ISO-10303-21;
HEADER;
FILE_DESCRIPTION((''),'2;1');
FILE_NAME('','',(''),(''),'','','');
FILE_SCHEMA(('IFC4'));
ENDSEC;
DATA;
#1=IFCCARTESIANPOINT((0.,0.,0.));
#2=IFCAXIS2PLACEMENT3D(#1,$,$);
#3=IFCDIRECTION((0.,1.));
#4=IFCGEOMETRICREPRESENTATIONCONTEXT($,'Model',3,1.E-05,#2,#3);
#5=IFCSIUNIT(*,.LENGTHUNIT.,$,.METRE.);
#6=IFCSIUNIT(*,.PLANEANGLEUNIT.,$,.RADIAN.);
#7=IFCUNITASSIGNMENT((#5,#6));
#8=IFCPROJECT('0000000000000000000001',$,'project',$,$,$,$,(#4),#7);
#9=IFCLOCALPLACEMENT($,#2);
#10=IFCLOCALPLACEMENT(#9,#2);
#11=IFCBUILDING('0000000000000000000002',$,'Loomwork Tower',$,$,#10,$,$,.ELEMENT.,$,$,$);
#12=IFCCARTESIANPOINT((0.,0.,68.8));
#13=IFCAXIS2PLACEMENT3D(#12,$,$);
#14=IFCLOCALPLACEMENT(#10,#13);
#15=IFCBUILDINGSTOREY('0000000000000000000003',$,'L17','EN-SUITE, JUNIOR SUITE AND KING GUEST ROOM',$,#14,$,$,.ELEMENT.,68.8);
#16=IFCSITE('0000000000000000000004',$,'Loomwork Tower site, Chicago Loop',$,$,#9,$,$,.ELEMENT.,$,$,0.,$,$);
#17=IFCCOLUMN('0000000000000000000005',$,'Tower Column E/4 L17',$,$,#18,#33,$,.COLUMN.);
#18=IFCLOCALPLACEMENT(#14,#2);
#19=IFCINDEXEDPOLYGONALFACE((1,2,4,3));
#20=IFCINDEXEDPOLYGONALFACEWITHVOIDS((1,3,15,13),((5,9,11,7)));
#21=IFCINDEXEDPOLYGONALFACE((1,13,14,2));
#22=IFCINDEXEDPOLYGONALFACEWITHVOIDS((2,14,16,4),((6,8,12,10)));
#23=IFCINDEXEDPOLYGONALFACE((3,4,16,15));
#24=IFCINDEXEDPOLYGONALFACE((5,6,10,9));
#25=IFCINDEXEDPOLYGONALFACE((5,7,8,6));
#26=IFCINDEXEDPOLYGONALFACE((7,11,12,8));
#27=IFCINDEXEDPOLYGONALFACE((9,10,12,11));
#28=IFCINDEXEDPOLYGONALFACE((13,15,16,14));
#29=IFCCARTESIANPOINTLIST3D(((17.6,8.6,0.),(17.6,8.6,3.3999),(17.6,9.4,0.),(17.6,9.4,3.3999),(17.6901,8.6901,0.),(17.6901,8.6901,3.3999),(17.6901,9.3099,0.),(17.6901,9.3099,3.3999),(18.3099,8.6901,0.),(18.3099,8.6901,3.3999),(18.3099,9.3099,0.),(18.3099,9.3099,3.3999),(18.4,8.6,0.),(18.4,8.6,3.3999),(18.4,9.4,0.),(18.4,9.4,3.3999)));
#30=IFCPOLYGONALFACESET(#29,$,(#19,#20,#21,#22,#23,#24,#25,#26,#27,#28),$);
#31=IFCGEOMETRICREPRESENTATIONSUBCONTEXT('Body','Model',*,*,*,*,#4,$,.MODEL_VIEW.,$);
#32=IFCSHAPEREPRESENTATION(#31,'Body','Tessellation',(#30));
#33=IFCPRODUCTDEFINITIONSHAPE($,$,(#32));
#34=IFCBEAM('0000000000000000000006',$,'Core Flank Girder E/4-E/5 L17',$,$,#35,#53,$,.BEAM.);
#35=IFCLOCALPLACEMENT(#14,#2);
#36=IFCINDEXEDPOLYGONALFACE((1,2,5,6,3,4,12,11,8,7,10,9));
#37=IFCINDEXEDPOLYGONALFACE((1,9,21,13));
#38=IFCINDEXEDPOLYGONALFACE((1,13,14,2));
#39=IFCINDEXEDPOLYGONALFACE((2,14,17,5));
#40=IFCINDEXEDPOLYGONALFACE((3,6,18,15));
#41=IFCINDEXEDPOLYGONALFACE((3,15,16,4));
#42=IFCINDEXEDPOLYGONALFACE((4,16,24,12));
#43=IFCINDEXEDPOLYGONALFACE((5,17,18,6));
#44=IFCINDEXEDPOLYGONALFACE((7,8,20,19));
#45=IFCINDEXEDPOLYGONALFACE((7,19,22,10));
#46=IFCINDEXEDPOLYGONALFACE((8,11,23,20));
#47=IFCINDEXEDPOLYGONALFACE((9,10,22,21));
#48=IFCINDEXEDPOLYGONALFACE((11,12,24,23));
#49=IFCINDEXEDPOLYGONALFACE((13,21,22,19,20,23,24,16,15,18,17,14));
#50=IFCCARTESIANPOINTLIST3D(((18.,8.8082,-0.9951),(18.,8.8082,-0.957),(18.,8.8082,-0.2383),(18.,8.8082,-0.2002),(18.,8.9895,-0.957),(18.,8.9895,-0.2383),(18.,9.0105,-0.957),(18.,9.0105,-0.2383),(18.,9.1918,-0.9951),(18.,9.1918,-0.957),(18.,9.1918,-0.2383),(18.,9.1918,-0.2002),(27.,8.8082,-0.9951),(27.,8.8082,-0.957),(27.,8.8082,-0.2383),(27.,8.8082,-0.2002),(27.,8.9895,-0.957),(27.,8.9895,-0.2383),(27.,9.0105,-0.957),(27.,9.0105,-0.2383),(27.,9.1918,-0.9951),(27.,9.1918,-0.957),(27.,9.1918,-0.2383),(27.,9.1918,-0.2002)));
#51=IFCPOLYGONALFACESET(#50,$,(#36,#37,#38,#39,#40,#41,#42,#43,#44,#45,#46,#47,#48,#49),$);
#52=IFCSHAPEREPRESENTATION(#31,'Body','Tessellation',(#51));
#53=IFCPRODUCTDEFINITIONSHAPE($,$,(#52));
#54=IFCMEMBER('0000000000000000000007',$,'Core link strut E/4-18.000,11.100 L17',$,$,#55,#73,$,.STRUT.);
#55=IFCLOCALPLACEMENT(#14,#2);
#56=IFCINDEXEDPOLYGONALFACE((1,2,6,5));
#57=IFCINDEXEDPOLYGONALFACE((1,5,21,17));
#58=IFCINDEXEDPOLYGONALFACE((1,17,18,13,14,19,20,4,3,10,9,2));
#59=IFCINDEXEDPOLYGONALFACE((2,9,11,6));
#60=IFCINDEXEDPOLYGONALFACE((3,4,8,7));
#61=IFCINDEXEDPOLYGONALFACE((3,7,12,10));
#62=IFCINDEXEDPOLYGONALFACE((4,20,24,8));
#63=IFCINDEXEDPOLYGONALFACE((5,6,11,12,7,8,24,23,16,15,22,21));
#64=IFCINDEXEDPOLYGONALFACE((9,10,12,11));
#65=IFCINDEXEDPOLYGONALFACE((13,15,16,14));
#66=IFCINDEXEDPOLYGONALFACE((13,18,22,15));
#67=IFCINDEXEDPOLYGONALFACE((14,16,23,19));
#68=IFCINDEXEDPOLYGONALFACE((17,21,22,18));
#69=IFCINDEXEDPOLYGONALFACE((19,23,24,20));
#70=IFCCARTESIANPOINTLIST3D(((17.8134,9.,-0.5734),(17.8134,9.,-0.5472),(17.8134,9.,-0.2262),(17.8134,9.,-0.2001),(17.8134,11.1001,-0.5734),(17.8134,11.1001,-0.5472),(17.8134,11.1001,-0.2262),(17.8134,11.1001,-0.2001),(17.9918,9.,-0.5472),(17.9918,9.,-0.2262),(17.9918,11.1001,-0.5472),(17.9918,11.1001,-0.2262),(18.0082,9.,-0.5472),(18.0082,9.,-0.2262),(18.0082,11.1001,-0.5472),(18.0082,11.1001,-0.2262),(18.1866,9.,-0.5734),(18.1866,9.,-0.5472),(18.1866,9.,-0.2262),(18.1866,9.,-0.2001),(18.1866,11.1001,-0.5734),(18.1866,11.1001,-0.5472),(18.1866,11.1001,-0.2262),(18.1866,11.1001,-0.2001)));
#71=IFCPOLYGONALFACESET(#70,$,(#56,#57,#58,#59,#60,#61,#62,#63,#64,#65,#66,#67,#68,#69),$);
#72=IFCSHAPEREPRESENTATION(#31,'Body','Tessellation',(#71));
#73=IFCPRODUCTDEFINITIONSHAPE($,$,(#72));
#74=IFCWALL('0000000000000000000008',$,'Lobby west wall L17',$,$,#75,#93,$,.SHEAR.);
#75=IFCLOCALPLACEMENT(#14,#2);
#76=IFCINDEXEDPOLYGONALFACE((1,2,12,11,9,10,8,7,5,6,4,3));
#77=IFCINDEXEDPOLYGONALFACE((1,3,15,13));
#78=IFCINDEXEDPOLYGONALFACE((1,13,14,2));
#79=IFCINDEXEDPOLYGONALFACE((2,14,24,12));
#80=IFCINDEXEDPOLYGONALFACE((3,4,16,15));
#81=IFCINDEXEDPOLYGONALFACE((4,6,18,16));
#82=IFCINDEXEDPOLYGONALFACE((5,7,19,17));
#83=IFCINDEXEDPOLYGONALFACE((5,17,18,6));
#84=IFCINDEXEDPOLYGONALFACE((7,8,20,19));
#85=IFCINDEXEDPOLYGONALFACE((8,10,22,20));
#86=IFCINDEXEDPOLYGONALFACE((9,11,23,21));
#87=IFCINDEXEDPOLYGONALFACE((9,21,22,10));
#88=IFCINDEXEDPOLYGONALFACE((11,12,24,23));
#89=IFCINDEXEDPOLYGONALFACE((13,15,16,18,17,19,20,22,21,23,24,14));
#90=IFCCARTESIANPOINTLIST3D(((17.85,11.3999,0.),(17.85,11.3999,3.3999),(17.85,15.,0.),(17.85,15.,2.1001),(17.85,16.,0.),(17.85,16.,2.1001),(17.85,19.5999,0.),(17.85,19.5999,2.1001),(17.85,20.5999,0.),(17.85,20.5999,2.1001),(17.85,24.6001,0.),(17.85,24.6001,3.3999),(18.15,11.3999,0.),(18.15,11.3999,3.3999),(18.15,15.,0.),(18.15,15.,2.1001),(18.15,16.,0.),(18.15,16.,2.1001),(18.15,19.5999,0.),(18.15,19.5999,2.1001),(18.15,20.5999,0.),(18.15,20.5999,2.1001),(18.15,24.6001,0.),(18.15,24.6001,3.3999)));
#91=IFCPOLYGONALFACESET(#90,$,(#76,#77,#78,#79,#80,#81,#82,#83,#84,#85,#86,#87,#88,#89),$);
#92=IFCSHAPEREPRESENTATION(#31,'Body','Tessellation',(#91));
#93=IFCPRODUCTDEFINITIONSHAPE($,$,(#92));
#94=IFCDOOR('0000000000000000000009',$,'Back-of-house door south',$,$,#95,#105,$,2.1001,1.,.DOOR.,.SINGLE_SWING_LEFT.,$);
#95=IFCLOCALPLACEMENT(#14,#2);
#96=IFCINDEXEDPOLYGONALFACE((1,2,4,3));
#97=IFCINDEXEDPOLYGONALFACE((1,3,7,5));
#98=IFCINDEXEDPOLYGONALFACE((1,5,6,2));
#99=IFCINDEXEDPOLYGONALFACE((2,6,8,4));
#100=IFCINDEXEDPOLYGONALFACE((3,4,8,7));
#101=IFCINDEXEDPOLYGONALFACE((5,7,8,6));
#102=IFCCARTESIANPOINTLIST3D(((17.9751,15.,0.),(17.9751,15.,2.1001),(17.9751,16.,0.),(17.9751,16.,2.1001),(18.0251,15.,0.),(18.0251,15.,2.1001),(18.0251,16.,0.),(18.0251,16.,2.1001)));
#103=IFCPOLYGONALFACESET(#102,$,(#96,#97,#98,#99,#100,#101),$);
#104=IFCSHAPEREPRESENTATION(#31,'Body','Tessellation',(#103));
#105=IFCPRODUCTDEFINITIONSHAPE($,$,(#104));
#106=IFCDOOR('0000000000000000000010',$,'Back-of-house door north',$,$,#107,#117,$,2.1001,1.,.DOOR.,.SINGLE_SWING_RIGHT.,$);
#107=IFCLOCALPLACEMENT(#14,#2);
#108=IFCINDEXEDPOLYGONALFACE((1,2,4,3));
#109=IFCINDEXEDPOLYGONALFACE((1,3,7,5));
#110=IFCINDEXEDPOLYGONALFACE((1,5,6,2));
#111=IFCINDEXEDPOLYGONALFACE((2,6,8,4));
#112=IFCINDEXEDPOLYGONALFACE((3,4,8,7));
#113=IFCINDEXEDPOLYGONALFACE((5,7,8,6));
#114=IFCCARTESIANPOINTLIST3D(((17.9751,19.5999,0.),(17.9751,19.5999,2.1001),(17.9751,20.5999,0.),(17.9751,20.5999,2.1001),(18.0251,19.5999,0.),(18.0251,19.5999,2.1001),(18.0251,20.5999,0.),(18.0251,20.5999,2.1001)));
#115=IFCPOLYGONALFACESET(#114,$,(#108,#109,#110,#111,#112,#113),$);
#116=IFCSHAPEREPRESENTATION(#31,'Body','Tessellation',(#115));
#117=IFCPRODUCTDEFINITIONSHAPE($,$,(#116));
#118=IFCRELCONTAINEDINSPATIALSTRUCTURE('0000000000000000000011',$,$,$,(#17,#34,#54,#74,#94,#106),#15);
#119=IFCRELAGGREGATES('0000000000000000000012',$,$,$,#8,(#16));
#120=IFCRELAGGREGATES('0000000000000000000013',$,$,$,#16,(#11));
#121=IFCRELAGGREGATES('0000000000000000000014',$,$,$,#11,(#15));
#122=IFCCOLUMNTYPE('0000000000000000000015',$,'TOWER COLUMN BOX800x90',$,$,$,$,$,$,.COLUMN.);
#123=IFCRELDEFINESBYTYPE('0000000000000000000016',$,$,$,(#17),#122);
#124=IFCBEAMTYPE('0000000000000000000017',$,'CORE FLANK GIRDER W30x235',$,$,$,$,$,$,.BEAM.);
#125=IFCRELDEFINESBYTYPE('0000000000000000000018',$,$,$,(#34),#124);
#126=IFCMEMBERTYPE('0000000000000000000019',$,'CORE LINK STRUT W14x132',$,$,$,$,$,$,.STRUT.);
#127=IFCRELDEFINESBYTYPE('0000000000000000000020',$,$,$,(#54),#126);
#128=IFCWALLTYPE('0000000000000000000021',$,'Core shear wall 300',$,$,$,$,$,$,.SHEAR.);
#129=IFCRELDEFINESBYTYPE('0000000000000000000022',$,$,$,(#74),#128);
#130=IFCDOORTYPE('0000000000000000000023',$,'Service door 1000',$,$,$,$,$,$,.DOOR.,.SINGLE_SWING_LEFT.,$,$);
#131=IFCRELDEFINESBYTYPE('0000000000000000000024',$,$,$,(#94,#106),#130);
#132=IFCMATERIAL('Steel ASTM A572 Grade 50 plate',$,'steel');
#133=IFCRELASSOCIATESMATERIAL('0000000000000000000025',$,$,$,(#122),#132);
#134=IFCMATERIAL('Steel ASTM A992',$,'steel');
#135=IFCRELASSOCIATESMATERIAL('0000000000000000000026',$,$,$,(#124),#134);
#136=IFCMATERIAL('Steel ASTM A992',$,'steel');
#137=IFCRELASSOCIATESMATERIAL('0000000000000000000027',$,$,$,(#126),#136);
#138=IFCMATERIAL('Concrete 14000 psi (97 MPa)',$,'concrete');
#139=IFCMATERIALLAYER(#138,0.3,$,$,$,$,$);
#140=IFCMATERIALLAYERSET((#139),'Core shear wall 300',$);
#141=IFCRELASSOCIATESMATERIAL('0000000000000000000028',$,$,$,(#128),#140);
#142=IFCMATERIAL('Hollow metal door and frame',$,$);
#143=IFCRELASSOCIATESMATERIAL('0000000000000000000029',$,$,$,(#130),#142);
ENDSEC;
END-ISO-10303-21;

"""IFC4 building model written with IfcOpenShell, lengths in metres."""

from ifc_helpers import new_model, si_unit, direction, frame, frame_2d, origin, origin_2d, place, context, subcontext, project, spatial, rectangle, hollow_rectangle, i_section, extrude, material, layer, layer_set, material_profile, profile_set, type_object, element, fill, save


model = new_model("IFC4")

# Units and contexts
model_context = context("Model", 3, precision=1e-05, world=origin(), true_north=direction((0.0, 1.0)))
body_context = subcontext(model_context, "Body", "Model", "MODEL_VIEW")
ifc_project = project(units=[si_unit("LENGTHUNIT", "METRE"), si_unit("PLANEANGLEUNIT", "RADIAN")], contexts=[model_context])

# Site, building, storey
site_placement = place(None, origin())
site = spatial("IfcSite", under=ifc_project, at=site_placement, Name="Loomwork Tower site, Chicago Loop", CompositionType="ELEMENT", RefElevation=0.0)
building_placement = place(site_placement, origin())
building = spatial("IfcBuilding", under=site, at=building_placement, Name="Loomwork Tower", CompositionType="ELEMENT")
storey_placement = place(building_placement, frame((0.0, 0.0, 68.8)))
storey = spatial("IfcBuildingStorey", under=building, at=storey_placement, Name="L17", Description="EN-SUITE, JUNIOR SUITE AND KING GUEST ROOM", CompositionType="ELEMENT", Elevation=68.8)

# Column
ifc_material_1 = material(Name="Steel ASTM A572 Grade 50 plate", Category="steel")
ifc_material_profile_1 = material_profile(ifc_material_1, hollow_rectangle(XDim=0.8, YDim=0.8, WallThickness=0.0901, at=origin_2d()), Name="BOX800x90")
ifc_profile_set_1 = profile_set([ifc_material_profile_1], Name="Steel ASTM A572 Grade 50 plate")
column_type = type_object("IfcColumnType", Name="TOWER COLUMN BOX800x90", PredefinedType="COLUMN", material=ifc_profile_set_1)
column_placement = place(storey_placement, frame((18.0, 9.0, 0.0), z_axis=(0.0, 0.0, 1.0), x_axis=(1.0, 0.0, 0.0)))
element("IfcColumn", 1, at=column_placement, inside=storey, type_object=column_type, Name="Tower Column E/4 L17", PredefinedType="COLUMN", context=body_context, shape_type="SweptSolid", body=[
    extrude(hollow_rectangle(XDim=0.8, YDim=0.8, WallThickness=0.0901, at=origin_2d()), origin(), (0.0, 0.0, 1.0), 3.3999),
])

# Beam
ifc_material_2 = material(Name="Steel ASTM A992", Category="steel")
ifc_material_profile_2 = material_profile(ifc_material_2, i_section(OverallWidth=0.3835, OverallDepth=0.7949, WebThickness=0.021, FlangeThickness=0.0381, at=origin_2d()), Name="W30x235")
ifc_profile_set_2 = profile_set([ifc_material_profile_2], Name="Steel ASTM A992")
beam_type = type_object("IfcBeamType", Name="CORE FLANK GIRDER W30x235", PredefinedType="BEAM", material=ifc_profile_set_2)
beam_placement = place(storey_placement, frame((18.0, 9.0, -0.5977), z_axis=(1.0, 0.0, 0.0), x_axis=(0.0, 1.0, 0.0)))
element("IfcBeam", 2, at=beam_placement, inside=storey, type_object=beam_type, Name="Core Flank Girder E/4-E/5 L17", PredefinedType="BEAM", context=body_context, shape_type="SweptSolid", body=[
    extrude(i_section(OverallWidth=0.3835, OverallDepth=0.7949, WebThickness=0.021, FlangeThickness=0.0381, at=origin_2d()), origin(), (0.0, 0.0, 1.0), 9.0),
])

# Member
ifc_material_3 = material(Name="Steel ASTM A992", Category="steel")
ifc_material_profile_3 = material_profile(ifc_material_3, i_section(OverallWidth=0.3733, OverallDepth=0.3733, WebThickness=0.0164, FlangeThickness=0.0261, at=origin_2d()), Name="W14x132")
ifc_profile_set_3 = profile_set([ifc_material_profile_3], Name="Steel ASTM A992")
member_type = type_object("IfcMemberType", Name="CORE LINK STRUT W14x132", PredefinedType="STRUT", material=ifc_profile_set_3)
member_placement = place(storey_placement, frame((18.0, 9.0, -0.3867), z_axis=(0.0, 1.0, 0.0), x_axis=(-1.0, 0.0, 0.0)))
element("IfcMember", 3, at=member_placement, inside=storey, type_object=member_type, Name="Core link strut E/4-18.000,11.100 L17", PredefinedType="STRUT", context=body_context, shape_type="SweptSolid", body=[
    extrude(i_section(OverallWidth=0.3733, OverallDepth=0.3733, WebThickness=0.0164, FlangeThickness=0.0261, at=origin_2d()), origin(), (0.0, 0.0, 1.0), 2.1001),
])

# Wall, openings, doors
ifc_material_4 = material(Name="Concrete 14000 psi (97 MPa)", Category="concrete")
ifc_layer_1 = layer(ifc_material_4, 0.3)
ifc_layer_set_1 = layer_set([ifc_layer_1], Name="Core shear wall 300")
wall_type_1 = type_object("IfcWallType", Name="Core shear wall 300", PredefinedType="SHEAR", material=ifc_layer_set_1)
wall_1_placement = place(storey_placement, frame((18.0, 11.3999, 0.0), z_axis=(0.0, 0.0, 1.0), x_axis=(0.0, 1.0, 0.0)))
wall_1 = element("IfcWall", 4, at=wall_1_placement, inside=storey, type_object=wall_type_1, Name="Lobby west wall L17", PredefinedType="SHEAR", context=body_context, shape_type="SweptSolid", body=[
    extrude(rectangle(XDim=13.2002, YDim=0.3, at=frame_2d((6.6001, 0.0))), origin(), (0.0, 0.0, 1.0), 3.3999),
])
opening_1_placement = place(wall_1_placement, frame((3.6001, 0.0, 0.0)))
opening_1 = element("IfcOpeningElement", 5, at=opening_1_placement, cuts=wall_1, PredefinedType="OPENING", context=body_context, shape_type="SweptSolid", body=[
    extrude(rectangle(XDim=1.0, YDim=2.1001, at=frame_2d((0.5, 1.05))), frame((0.0, 0.1599, 0.0), z_axis=(0.0, -1.0, 0.0), x_axis=(1.0, 0.0, 0.0)), (0.0, 0.0, 1.0), 0.3201),
])
opening_2_placement = place(wall_1_placement, frame((8.2, 0.0, 0.0)))
opening_2 = element("IfcOpeningElement", 6, at=opening_2_placement, cuts=wall_1, PredefinedType="OPENING", context=body_context, shape_type="SweptSolid", body=[
    extrude(rectangle(XDim=1.0, YDim=2.1001, at=frame_2d((0.5, 1.05))), frame((0.0, 0.1599, 0.0), z_axis=(0.0, -1.0, 0.0), x_axis=(1.0, 0.0, 0.0)), (0.0, 0.0, 1.0), 0.3201),
])
ifc_material_5 = material(Name="Hollow metal door and frame")
door_type_1 = type_object("IfcDoorType", Name="Service door 1000", OperationType="SINGLE_SWING_LEFT", PredefinedType="DOOR", material=ifc_material_5)
door_1_placement = place(opening_1_placement, origin())
door_1 = element("IfcDoor", 7, at=door_1_placement, inside=storey, type_object=door_type_1, Name="Back-of-house door south", OperationType="SINGLE_SWING_LEFT", OverallHeight=2.1001, OverallWidth=1.0, PredefinedType="DOOR", context=body_context, shape_type="SweptSolid", body=[
    extrude(rectangle(XDim=1.0, YDim=2.1001, at=frame_2d((0.5, 1.05))), frame((0.0, 0.0249, 0.0), z_axis=(0.0, -1.0, 0.0), x_axis=(1.0, 0.0, 0.0)), (0.0, 0.0, 1.0), 0.05),
])
fill(opening_1, door_1)
door_2_placement = place(opening_2_placement, origin())
door_2 = element("IfcDoor", 8, at=door_2_placement, inside=storey, type_object=door_type_1, Name="Back-of-house door north", OperationType="SINGLE_SWING_RIGHT", OverallHeight=2.1001, OverallWidth=1.0, PredefinedType="DOOR", context=body_context, shape_type="SweptSolid", body=[
    extrude(rectangle(XDim=1.0, YDim=2.1001, at=frame_2d((0.5, 1.05))), frame((0.0, 0.0249, 0.0), z_axis=(0.0, -1.0, 0.0), x_axis=(1.0, 0.0, 0.0)), (0.0, 0.0, 1.0), 0.05),
])
fill(opening_2, door_2)

save(model, "model.ifc")
